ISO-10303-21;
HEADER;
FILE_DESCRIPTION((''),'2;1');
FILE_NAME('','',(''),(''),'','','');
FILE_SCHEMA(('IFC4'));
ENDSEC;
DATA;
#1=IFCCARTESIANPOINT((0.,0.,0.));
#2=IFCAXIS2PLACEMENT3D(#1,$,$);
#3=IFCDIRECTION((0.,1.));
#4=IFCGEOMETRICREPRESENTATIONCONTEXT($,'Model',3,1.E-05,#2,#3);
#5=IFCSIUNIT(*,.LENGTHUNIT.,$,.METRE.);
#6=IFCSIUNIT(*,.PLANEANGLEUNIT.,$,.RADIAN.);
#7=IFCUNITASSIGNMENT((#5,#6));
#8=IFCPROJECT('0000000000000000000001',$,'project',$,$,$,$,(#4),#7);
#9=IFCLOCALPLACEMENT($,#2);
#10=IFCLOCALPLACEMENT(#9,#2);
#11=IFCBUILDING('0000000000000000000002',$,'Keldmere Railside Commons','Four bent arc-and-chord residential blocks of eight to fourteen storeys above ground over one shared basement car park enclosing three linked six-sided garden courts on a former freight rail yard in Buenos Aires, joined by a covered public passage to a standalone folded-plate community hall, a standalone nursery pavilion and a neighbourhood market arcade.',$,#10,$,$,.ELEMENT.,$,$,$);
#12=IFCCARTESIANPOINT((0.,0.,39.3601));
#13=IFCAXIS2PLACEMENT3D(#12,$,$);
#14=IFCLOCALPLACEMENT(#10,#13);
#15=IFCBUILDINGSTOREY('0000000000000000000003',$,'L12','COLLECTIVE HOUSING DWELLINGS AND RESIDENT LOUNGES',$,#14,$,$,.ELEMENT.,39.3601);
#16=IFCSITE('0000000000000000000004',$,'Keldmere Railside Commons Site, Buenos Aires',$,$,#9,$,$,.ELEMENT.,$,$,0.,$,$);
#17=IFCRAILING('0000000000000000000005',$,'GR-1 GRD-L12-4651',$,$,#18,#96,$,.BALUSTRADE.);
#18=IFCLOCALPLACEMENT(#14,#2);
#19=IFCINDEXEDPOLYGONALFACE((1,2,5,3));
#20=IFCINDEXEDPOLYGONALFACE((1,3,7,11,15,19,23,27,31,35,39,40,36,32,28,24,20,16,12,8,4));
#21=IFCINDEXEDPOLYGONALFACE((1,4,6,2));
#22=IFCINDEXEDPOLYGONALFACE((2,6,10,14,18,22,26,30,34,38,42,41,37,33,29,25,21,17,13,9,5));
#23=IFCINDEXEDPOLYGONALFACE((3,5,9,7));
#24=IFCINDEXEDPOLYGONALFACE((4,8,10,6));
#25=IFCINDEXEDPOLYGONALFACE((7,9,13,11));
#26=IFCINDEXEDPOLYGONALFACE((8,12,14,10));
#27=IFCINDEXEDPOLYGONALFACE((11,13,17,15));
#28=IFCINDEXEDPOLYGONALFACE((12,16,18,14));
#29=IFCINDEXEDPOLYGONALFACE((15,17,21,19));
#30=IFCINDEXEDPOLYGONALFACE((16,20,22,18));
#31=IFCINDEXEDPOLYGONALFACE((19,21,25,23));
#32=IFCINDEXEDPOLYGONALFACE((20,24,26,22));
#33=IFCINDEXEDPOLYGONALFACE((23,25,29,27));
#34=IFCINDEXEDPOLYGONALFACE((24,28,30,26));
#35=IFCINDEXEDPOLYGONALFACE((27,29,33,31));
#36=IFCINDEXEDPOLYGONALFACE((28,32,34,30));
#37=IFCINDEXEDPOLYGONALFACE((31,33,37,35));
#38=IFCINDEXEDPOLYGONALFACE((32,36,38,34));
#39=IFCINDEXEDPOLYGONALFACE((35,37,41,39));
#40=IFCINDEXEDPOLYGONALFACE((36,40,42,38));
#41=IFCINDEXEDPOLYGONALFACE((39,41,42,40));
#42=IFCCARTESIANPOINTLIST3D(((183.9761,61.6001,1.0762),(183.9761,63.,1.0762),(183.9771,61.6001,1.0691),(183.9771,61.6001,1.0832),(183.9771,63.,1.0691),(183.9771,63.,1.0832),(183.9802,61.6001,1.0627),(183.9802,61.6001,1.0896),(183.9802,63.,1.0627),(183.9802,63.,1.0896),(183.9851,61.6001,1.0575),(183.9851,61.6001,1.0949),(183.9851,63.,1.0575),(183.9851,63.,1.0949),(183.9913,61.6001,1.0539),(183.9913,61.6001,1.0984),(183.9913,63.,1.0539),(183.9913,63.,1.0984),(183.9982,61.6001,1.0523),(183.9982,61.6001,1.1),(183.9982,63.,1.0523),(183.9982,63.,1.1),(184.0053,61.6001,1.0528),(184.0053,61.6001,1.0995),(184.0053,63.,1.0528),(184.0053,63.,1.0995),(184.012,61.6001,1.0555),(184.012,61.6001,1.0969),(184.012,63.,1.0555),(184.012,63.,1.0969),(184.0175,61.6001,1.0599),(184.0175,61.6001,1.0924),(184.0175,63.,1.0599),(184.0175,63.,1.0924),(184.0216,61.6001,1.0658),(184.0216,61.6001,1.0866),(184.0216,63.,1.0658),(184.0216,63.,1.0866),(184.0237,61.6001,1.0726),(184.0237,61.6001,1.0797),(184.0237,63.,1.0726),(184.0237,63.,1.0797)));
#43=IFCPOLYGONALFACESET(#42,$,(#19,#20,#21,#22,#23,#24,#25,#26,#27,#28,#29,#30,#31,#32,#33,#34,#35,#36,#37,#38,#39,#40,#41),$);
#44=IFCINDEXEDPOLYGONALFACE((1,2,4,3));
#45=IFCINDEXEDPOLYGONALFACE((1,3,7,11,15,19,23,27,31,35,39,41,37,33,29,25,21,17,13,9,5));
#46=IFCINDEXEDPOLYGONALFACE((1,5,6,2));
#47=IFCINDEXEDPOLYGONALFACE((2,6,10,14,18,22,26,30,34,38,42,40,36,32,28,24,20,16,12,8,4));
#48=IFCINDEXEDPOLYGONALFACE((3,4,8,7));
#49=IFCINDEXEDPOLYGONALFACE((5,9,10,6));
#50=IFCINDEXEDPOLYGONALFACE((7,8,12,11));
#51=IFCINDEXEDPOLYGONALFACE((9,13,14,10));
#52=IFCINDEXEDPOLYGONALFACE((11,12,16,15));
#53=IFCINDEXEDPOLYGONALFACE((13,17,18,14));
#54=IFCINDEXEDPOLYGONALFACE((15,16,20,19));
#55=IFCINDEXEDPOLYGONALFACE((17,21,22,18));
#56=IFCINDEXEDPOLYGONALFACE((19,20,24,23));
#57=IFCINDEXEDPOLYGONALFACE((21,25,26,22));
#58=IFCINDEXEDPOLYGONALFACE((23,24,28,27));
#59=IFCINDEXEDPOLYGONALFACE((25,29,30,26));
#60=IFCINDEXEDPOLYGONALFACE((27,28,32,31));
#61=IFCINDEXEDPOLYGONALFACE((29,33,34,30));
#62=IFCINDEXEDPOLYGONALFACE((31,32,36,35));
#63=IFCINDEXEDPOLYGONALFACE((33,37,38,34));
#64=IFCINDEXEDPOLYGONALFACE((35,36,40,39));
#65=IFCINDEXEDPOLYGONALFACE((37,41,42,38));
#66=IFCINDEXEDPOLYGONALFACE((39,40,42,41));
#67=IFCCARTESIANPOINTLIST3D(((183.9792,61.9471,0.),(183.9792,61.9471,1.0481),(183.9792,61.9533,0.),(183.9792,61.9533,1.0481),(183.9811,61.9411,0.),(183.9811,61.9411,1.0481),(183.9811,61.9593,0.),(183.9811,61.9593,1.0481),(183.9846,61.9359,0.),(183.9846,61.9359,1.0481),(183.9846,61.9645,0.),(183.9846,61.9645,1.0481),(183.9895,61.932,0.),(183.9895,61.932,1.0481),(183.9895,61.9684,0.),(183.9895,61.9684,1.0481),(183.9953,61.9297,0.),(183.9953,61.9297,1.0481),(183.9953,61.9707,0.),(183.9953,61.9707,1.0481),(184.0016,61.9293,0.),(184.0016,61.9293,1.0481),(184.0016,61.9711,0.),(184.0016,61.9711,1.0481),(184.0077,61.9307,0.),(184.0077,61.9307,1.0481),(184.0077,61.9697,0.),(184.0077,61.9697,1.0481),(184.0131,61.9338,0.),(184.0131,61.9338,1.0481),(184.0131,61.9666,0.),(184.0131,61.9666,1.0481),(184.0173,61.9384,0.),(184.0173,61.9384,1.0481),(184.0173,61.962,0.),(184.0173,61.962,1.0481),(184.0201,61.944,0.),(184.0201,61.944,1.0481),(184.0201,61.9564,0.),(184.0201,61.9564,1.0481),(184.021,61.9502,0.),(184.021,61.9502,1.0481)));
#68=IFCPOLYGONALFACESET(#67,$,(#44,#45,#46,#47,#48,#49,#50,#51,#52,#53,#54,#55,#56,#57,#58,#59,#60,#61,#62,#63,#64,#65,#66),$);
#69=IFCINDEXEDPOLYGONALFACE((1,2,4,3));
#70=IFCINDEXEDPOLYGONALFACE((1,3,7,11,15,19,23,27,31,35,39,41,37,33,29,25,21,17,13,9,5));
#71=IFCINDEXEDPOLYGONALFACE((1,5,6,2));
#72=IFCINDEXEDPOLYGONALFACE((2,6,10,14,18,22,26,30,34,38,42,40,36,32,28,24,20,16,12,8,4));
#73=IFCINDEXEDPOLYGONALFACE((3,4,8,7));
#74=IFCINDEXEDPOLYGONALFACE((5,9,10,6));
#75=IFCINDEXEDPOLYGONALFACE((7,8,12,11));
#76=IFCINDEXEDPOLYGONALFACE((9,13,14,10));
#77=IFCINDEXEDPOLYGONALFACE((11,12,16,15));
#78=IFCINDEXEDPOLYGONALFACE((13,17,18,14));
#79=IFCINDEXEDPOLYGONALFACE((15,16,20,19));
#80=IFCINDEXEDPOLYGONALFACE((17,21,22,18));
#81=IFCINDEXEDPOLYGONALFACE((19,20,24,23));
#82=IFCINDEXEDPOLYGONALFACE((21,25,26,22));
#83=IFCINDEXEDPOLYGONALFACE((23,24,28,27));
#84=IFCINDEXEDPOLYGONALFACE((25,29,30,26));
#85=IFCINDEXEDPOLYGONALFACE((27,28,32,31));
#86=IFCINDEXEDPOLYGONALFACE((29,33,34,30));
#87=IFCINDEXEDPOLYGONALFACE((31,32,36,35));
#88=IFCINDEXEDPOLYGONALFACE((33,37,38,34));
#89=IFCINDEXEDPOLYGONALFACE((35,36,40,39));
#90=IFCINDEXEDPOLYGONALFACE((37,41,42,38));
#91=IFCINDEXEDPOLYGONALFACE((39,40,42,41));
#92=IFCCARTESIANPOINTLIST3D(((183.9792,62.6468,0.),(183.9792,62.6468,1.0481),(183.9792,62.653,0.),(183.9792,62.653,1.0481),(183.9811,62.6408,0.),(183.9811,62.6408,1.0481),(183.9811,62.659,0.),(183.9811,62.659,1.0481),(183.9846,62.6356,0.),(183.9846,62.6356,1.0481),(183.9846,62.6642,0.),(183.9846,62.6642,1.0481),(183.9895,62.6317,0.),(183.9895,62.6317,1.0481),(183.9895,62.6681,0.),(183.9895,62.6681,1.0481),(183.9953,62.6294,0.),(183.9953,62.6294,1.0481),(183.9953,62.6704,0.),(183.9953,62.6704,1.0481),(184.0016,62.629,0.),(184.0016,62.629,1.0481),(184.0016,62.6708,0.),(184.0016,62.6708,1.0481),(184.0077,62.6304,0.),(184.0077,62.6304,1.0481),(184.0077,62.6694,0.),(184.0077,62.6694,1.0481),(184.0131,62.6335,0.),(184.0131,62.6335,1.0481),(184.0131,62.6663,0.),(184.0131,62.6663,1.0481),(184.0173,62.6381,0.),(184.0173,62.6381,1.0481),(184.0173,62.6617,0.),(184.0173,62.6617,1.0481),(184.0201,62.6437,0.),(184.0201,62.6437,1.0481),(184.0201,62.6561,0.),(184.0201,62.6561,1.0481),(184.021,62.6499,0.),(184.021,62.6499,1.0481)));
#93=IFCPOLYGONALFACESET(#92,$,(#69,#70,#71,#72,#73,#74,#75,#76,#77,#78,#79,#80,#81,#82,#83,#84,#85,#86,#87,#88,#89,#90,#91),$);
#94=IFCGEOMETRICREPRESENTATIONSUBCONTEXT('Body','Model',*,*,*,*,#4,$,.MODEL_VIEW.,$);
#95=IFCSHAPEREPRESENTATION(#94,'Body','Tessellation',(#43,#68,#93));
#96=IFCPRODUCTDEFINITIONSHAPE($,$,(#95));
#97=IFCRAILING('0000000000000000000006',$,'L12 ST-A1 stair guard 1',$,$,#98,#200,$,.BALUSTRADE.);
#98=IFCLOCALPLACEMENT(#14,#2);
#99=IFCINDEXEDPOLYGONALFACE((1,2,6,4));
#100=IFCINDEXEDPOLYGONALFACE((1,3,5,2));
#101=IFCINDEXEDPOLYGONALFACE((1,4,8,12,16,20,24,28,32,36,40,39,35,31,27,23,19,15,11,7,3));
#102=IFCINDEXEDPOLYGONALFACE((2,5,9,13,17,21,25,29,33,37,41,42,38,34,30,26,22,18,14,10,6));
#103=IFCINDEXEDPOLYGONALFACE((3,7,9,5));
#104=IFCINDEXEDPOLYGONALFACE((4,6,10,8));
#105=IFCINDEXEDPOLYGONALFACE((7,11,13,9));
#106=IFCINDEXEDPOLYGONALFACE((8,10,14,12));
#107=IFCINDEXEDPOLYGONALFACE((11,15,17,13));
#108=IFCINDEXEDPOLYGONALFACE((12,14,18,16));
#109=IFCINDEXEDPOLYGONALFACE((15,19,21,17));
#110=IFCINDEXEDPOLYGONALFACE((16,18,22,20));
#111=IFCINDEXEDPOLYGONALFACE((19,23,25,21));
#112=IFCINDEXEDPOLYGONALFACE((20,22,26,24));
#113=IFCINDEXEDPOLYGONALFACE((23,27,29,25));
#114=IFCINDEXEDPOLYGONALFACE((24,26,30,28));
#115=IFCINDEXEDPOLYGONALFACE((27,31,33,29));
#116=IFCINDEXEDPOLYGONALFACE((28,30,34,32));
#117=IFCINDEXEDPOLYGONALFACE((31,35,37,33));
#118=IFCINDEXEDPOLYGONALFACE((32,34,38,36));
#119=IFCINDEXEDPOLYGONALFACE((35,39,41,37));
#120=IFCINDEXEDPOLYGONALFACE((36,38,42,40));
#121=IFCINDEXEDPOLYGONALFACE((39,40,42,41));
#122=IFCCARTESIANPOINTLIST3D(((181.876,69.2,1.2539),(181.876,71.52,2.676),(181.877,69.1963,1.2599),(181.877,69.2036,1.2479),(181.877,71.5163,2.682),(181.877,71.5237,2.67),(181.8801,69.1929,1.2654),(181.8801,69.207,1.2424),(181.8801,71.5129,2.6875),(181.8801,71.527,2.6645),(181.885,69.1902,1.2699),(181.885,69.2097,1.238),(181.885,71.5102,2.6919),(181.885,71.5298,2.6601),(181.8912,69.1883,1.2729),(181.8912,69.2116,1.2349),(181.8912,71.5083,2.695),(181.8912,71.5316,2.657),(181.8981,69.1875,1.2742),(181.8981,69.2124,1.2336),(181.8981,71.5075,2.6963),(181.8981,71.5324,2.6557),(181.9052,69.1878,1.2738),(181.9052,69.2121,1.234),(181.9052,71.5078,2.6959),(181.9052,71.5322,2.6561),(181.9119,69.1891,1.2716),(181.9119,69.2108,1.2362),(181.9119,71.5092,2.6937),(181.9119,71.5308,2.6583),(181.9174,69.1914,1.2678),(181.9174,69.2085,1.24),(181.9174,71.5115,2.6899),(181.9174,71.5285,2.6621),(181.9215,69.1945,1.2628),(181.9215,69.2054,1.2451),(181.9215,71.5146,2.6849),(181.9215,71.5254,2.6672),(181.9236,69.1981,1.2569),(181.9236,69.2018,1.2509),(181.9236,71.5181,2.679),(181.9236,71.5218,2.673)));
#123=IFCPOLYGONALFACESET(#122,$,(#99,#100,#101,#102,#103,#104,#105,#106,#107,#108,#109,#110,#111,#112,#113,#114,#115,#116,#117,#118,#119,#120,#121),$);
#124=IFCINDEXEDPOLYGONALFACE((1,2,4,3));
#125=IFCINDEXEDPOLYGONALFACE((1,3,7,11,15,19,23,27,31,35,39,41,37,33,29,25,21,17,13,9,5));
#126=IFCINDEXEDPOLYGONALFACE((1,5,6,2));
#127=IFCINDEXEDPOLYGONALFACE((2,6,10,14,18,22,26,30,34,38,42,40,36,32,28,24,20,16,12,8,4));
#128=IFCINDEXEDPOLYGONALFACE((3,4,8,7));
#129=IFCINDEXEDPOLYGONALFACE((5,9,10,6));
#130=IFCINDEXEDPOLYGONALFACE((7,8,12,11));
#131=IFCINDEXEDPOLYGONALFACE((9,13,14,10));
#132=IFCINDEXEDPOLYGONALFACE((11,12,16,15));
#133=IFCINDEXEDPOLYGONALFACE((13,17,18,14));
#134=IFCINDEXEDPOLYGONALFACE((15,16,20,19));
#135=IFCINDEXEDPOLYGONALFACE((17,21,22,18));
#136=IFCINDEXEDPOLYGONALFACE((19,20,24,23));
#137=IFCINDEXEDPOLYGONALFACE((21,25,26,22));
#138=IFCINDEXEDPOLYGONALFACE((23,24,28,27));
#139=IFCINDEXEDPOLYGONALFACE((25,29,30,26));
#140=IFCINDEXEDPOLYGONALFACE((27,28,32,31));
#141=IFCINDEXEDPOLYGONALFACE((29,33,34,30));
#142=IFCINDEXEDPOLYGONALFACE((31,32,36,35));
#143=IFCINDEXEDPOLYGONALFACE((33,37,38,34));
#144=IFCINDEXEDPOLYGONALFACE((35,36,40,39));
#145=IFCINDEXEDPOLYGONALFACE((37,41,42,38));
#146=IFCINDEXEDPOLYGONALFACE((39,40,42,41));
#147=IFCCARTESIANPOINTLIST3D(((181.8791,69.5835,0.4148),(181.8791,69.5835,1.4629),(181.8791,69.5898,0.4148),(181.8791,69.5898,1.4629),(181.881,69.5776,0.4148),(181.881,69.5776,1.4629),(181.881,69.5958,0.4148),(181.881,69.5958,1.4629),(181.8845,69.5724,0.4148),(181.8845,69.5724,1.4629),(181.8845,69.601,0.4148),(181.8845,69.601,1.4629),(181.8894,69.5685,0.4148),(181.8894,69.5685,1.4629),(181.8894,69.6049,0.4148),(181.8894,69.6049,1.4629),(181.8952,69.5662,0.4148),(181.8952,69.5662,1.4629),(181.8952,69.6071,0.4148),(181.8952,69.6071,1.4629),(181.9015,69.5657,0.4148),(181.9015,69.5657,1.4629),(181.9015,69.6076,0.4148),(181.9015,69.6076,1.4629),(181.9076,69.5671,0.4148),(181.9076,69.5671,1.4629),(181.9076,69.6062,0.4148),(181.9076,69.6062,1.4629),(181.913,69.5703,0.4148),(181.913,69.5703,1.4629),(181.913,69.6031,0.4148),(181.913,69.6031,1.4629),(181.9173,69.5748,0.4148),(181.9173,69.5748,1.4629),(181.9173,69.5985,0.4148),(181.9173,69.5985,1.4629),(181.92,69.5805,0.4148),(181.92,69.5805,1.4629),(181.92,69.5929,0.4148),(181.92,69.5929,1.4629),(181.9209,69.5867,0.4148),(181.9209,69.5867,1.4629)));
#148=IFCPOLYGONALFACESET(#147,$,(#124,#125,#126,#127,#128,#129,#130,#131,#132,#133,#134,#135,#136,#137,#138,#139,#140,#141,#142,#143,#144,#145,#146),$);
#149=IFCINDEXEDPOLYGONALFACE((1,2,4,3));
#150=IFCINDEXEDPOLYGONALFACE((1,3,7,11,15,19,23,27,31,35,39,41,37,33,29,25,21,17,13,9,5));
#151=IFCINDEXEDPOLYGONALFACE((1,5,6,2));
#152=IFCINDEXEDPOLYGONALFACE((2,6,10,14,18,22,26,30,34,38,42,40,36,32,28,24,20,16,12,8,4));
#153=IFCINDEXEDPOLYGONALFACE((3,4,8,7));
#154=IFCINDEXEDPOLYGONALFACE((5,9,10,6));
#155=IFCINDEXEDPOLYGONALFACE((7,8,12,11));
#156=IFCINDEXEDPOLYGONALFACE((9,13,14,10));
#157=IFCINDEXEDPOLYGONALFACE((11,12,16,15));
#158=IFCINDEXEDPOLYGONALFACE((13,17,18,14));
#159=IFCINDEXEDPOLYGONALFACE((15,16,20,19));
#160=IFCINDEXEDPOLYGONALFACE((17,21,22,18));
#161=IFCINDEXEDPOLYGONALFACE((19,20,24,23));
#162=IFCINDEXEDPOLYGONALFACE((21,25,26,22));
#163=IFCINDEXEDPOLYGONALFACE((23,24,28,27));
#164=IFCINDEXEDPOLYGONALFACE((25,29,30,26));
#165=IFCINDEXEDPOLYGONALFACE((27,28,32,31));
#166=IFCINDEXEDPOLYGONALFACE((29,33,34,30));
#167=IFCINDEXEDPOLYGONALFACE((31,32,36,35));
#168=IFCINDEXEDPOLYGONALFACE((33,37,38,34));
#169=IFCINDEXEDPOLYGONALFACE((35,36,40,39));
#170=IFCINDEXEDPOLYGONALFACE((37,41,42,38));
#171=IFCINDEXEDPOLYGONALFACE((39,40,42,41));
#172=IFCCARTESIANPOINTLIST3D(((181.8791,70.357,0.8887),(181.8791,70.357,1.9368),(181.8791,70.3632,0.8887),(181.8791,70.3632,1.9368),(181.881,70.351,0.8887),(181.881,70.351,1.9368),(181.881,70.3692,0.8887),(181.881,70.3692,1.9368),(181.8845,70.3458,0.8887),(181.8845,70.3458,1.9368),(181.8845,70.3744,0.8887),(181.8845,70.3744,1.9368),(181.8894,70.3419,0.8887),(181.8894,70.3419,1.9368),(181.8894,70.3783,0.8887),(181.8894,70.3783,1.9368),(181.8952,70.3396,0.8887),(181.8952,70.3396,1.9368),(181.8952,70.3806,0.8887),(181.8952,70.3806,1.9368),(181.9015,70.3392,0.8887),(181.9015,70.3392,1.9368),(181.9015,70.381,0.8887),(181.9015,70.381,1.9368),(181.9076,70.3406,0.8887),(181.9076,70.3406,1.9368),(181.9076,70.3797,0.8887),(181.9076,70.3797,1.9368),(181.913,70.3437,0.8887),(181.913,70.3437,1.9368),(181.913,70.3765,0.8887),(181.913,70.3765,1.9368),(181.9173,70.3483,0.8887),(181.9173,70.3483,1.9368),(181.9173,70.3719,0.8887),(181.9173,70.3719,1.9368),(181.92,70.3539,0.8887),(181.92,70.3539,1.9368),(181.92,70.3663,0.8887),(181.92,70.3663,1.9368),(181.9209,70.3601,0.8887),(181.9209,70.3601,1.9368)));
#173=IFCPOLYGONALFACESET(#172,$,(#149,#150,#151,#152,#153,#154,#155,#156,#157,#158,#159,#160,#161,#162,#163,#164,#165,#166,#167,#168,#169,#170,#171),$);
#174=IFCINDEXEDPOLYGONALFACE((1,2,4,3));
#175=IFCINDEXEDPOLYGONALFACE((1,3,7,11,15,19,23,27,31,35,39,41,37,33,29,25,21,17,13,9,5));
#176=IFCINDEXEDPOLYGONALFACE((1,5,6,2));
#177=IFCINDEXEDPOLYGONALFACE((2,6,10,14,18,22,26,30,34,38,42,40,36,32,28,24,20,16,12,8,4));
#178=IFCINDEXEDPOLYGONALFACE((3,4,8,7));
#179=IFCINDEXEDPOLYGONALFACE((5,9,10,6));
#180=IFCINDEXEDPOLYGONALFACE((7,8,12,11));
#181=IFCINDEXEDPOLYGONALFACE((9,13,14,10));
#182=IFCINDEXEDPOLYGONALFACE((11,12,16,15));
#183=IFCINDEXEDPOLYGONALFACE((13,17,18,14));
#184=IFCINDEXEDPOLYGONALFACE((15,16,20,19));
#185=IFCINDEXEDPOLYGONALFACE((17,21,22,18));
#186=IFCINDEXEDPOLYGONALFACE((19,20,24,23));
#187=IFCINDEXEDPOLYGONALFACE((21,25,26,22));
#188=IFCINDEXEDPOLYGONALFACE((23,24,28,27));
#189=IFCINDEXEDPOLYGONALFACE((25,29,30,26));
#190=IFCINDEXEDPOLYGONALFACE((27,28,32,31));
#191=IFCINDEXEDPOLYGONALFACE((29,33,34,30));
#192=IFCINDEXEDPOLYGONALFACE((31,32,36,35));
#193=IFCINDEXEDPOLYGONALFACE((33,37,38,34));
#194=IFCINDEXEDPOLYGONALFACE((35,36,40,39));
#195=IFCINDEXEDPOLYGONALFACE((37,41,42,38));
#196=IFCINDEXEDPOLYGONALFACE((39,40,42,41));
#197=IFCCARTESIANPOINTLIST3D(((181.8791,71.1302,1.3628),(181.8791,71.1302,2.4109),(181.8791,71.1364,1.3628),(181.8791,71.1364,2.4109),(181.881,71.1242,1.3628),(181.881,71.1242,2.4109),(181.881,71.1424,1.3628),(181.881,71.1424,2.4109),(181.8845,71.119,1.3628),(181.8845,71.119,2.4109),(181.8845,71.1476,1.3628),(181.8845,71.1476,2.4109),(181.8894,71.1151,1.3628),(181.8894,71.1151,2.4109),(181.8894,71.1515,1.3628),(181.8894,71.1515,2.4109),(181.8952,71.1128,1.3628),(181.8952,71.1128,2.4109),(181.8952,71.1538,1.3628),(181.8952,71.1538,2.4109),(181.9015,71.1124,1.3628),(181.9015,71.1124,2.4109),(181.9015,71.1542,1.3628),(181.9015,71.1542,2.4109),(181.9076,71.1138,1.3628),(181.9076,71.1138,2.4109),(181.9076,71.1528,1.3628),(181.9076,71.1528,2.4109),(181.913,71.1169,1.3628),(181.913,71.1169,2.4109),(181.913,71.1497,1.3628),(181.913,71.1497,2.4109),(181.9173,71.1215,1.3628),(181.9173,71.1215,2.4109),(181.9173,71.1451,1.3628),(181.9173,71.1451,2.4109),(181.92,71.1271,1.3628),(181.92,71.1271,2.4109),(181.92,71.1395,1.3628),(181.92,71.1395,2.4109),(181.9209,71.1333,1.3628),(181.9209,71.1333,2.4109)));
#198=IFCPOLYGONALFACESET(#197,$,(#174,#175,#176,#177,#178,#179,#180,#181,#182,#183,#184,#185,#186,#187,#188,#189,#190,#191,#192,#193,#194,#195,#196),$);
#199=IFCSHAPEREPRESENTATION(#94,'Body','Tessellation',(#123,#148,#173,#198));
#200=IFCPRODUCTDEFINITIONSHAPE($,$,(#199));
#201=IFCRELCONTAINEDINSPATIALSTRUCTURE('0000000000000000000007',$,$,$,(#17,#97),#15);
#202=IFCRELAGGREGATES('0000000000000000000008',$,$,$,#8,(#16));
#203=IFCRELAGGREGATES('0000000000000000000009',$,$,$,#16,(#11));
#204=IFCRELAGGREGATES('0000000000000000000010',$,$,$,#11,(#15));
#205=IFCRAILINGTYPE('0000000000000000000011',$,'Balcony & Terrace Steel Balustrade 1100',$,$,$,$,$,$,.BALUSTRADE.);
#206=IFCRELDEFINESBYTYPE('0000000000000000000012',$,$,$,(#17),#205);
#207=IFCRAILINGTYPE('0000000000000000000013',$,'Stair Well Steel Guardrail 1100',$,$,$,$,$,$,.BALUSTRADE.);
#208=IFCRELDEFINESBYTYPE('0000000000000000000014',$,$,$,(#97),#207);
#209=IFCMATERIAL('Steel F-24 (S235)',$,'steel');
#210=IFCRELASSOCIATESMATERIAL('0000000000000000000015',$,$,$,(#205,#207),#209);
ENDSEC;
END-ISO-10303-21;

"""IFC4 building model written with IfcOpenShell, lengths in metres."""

from ifc_helpers import new_model, si_unit, direction, frame, origin, origin_2d, place, context, subcontext, project, spatial, circle, extrude, material, type_object, element, save


model = new_model("IFC4")

# Units and contexts
model_context = context("Model", 3, precision=1e-05, world=origin(), true_north=direction((0.0, 1.0)))
body_context = subcontext(model_context, "Body", "Model", "MODEL_VIEW")
ifc_project = project(units=[si_unit("LENGTHUNIT", "METRE"), si_unit("PLANEANGLEUNIT", "RADIAN")], contexts=[model_context])

# Site, building, storey
site_placement = place(None, origin())
site = spatial("IfcSite", under=ifc_project, at=site_placement, Name="Keldmere Railside Commons Site, Buenos Aires", CompositionType="ELEMENT", RefElevation=0.0)
building_placement = place(site_placement, origin())
building = spatial("IfcBuilding", under=site, at=building_placement, Name="Keldmere Railside Commons", Description="Four bent arc-and-chord residential blocks of eight to fourteen storeys above ground over one shared basement car park enclosing three linked six-sided garden courts on a former freight rail yard in Buenos Aires, joined by a covered public passage to a standalone folded-plate community hall, a standalone nursery pavilion and a neighbourhood market arcade.", CompositionType="ELEMENT")
storey_placement = place(building_placement, frame((0.0, 0.0, 39.3601)))
storey = spatial("IfcBuildingStorey", under=building, at=storey_placement, Name="L12", Description="COLLECTIVE HOUSING DWELLINGS AND RESIDENT LOUNGES", CompositionType="ELEMENT", Elevation=39.3601)

# Railings
ifc_material_1 = material(Name="Steel F-24 (S235)", Category="steel")
railing_type_1 = type_object("IfcRailingType", Name="Balcony & Terrace Steel Balustrade 1100", PredefinedType="BALUSTRADE", material=ifc_material_1)
railing_1_placement = place(storey_placement, frame((184.0, 61.6001, 0.0)))
element("IfcRailing", 1, at=railing_1_placement, inside=storey, type_object=railing_type_1, Name="GR-1 GRD-L12-4651", PredefinedType="BALUSTRADE", context=body_context, shape_type="SweptSolid", body=[
    extrude(circle(Radius=0.0239, at=origin_2d()), frame((0.0, 0.0, 1.0762), z_axis=(0.0, 1.0, 0.0), x_axis=(-1.0, 0.0, 0.0)), (0.0, 0.0, 1.0), 1.3999),
    extrude(circle(Radius=0.021, at=origin_2d()), frame((0.0, 0.3501, 0.0)), (0.0, 0.0, 1.0), 1.0481),
    extrude(circle(Radius=0.021, at=origin_2d()), frame((0.0, 1.0498, 0.0)), (0.0, 0.0, 1.0), 1.0481),
])
railing_type_2 = type_object("IfcRailingType", Name="Stair Well Steel Guardrail 1100", PredefinedType="BALUSTRADE", material=ifc_material_1)
railing_2_placement = place(storey_placement, frame((181.8999, 69.2, 0.1777)))
element("IfcRailing", 2, at=railing_2_placement, inside=storey, type_object=railing_type_2, Name="L12 ST-A1 stair guard 1", PredefinedType="BALUSTRADE", context=body_context, shape_type="SweptSolid", body=[
    extrude(circle(Radius=0.0239, at=origin_2d()), frame((0.0, 0.0, 1.0762), z_axis=(0.0, 0.852578, 0.5226), x_axis=(-1.0, 0.0, 0.0)), (0.0, 0.0, 1.0), 2.7212),
    extrude(circle(Radius=0.021, at=origin_2d()), frame((0.0, 0.3867, 0.2371)), (0.0, 0.0, 1.0), 1.0481),
    extrude(circle(Radius=0.021, at=origin_2d()), frame((0.0, 1.1602, 0.7109)), (0.0, 0.0, 1.0), 1.0481),
    extrude(circle(Radius=0.021, at=origin_2d()), frame((0.0, 1.9333, 1.1851)), (0.0, 0.0, 1.0), 1.0481),
])

save(model, "model.ifc")
